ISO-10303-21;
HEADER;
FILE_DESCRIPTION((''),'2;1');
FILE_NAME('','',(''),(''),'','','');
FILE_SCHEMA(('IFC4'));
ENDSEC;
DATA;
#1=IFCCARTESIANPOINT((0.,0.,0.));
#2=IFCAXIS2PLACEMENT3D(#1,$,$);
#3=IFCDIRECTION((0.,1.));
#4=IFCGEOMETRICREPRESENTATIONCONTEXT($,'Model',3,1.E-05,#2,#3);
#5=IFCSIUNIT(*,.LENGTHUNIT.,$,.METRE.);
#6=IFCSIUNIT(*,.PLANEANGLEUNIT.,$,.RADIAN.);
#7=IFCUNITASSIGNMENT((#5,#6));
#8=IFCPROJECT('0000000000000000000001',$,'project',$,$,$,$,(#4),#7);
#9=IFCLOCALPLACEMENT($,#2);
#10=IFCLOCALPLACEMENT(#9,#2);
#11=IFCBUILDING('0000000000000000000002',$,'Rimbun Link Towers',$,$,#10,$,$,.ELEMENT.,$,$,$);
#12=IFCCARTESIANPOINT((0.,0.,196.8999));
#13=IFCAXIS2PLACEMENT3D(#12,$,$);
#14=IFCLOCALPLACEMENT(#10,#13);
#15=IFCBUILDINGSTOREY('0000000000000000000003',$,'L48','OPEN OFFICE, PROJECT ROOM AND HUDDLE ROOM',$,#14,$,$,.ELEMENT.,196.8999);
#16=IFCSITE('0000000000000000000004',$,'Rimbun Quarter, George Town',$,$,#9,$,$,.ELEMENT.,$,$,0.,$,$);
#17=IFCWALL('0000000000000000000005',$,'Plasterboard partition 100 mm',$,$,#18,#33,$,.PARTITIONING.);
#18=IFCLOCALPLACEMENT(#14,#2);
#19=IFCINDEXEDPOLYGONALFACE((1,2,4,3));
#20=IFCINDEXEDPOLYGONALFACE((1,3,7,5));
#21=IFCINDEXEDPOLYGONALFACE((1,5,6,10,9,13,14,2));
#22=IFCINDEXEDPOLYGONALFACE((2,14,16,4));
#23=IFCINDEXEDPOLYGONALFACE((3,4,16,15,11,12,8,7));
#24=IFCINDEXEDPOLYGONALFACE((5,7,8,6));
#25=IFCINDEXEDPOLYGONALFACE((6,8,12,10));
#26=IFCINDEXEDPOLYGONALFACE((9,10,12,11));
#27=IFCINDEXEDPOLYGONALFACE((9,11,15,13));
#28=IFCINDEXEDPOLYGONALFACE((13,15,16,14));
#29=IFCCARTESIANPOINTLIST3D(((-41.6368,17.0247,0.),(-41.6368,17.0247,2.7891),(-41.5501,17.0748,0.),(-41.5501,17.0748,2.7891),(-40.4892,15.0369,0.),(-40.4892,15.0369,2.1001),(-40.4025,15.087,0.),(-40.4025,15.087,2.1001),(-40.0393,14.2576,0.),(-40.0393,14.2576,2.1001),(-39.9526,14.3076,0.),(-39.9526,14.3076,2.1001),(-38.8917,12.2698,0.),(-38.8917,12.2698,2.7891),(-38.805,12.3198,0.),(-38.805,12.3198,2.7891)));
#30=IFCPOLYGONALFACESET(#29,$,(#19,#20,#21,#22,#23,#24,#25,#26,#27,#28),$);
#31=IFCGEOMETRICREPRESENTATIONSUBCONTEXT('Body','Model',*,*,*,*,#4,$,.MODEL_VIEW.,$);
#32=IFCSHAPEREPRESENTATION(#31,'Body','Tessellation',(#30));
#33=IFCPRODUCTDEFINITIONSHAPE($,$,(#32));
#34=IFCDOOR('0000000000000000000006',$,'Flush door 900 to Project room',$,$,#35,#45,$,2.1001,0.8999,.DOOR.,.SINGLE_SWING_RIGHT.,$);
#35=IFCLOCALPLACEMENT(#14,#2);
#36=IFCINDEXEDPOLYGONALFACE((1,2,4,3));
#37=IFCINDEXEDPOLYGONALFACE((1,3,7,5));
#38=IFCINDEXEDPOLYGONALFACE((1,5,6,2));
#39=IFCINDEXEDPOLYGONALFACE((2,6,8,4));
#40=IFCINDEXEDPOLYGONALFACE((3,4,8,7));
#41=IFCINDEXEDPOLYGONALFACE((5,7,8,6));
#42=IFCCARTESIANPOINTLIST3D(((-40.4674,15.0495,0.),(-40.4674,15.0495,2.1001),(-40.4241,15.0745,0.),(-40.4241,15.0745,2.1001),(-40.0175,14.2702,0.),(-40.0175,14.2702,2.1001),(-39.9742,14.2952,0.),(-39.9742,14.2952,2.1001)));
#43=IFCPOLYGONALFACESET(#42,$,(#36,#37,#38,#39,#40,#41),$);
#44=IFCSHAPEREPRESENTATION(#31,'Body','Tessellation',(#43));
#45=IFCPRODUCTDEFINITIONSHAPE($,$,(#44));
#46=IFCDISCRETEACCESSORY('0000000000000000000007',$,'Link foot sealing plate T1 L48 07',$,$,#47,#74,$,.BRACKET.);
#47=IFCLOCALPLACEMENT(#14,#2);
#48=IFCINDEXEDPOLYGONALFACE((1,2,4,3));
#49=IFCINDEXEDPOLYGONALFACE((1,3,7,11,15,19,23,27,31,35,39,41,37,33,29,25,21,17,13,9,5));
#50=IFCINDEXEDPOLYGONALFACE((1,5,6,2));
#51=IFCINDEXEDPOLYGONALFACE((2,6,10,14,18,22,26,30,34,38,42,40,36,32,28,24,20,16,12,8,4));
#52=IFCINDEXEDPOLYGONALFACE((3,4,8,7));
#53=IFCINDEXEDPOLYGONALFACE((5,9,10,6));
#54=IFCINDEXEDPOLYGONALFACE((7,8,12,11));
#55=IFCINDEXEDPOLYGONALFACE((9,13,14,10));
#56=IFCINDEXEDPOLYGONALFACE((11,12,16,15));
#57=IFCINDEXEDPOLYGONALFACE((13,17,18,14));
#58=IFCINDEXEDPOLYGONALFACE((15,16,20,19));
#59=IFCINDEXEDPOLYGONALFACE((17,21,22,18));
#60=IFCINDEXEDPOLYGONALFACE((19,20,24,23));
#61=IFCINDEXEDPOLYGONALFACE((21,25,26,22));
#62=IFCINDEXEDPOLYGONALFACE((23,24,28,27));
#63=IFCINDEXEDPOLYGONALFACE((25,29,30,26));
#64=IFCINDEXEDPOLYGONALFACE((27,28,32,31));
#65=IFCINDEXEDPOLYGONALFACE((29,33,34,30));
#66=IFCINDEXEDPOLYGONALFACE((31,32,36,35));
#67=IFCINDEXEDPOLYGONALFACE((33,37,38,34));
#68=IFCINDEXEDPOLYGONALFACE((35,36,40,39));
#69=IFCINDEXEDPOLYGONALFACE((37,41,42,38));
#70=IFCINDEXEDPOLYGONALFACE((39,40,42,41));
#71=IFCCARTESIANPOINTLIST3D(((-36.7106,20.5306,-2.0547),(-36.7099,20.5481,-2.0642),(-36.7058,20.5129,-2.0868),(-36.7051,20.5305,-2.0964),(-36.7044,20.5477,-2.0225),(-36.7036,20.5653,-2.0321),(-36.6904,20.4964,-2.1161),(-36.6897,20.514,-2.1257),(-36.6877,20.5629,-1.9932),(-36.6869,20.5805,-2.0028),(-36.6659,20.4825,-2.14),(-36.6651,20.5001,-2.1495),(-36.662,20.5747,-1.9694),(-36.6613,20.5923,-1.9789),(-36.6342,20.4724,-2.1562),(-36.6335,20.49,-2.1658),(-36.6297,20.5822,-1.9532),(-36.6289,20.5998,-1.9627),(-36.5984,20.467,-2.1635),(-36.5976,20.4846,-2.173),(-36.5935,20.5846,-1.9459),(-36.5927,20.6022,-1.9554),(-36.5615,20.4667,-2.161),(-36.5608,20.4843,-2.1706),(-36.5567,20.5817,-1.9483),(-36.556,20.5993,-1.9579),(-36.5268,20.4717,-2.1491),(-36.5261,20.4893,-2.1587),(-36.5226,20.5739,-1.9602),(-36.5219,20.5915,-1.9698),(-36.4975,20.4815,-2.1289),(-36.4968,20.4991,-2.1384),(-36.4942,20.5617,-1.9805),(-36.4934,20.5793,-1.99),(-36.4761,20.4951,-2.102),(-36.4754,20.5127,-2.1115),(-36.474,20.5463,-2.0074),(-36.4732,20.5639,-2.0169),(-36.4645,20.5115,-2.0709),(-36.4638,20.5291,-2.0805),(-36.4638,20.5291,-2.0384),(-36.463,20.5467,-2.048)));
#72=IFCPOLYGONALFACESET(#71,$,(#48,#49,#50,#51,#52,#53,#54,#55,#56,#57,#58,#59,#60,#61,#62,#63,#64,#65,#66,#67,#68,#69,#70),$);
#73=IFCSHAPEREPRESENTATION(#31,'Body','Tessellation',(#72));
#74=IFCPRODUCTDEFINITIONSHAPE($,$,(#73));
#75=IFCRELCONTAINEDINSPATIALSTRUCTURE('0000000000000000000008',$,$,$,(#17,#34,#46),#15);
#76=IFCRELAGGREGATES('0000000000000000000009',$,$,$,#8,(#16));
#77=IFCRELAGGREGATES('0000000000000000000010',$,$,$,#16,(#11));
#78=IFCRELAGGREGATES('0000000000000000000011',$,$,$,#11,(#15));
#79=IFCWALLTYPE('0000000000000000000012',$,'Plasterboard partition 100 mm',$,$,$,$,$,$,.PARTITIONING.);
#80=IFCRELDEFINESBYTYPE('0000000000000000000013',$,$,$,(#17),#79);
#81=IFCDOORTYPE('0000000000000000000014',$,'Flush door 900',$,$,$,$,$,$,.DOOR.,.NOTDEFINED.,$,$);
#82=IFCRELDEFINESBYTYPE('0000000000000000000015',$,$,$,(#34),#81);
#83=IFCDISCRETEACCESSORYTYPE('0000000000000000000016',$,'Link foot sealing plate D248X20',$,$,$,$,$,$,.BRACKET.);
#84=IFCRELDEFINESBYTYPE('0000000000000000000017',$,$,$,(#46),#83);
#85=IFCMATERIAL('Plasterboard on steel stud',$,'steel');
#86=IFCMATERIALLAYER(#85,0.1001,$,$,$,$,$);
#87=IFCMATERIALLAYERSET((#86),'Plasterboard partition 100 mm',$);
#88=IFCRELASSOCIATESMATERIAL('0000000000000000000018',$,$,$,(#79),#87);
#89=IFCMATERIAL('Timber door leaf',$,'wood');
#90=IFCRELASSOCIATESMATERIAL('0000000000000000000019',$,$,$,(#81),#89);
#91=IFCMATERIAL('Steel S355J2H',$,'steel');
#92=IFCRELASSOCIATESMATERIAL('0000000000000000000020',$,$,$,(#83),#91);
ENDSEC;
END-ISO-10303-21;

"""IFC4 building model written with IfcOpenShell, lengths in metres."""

from ifc_helpers import new_model, si_unit, direction, frame, frame_2d, origin, origin_2d, place, context, subcontext, project, spatial, rectangle, circle, extrude, material, layer, layer_set, material_profile, profile_set, type_object, element, fill, save


model = new_model("IFC4")

# Units and contexts
model_context = context("Model", 3, precision=1e-05, world=origin(), true_north=direction((0.0, 1.0)))
body_context = subcontext(model_context, "Body", "Model", "MODEL_VIEW")
ifc_project = project(units=[si_unit("LENGTHUNIT", "METRE"), si_unit("PLANEANGLEUNIT", "RADIAN")], contexts=[model_context])

# Site, building, storey
site_placement = place(None, origin())
site = spatial("IfcSite", under=ifc_project, at=site_placement, Name="Rimbun Quarter, George Town", CompositionType="ELEMENT", RefElevation=0.0)
building_placement = place(site_placement, origin())
building = spatial("IfcBuilding", under=site, at=building_placement, Name="Rimbun Link Towers", CompositionType="ELEMENT")
storey_placement = place(building_placement, frame((0.0, 0.0, 196.8999)))
storey = spatial("IfcBuildingStorey", under=building, at=storey_placement, Name="L48", Description="OPEN OFFICE, PROJECT ROOM AND HUDDLE ROOM", CompositionType="ELEMENT", Elevation=196.8999)

# Shared definitions
ifc_material_1 = material(Name="Plasterboard on steel stud", Category="steel")
ifc_layer_1 = layer(ifc_material_1, 0.1001)
ifc_layer_set_1 = layer_set([ifc_layer_1], Name="Plasterboard partition 100 mm")
wall_type = type_object("IfcWallType", Name="Plasterboard partition 100 mm", PredefinedType="PARTITIONING", material=ifc_layer_set_1)

# Wall, opening, door
wall_1_placement = place(storey_placement, frame((-38.8484, 12.2949, 0.0), z_axis=(0.0, 0.0, 1.0), x_axis=(-0.499984, 0.866035, 0.0)))
wall_1 = element("IfcWall", 1, at=wall_1_placement, inside=storey, type_object=wall_type, Name="Plasterboard partition 100 mm", PredefinedType="PARTITIONING", context=body_context, shape_type="SweptSolid", body=[
    extrude(rectangle(XDim=5.4905, YDim=0.1001, at=frame_2d((2.7451, 0.0))), origin(), (0.0, 0.0, 1.0), 2.7891),
])
opening_placement = place(wall_1_placement, frame((2.2952, 0.0, 0.0)))
opening = element("IfcOpeningElement", 2, at=opening_placement, cuts=wall_1, PredefinedType="OPENING", context=body_context, shape_type="SweptSolid", body=[
    extrude(rectangle(XDim=0.8999, YDim=2.1001, at=frame_2d((0.45, 1.05))), frame((0.0, 0.0601, 0.0), z_axis=(0.0, -1.0, 0.0), x_axis=(1.0, 0.0, 0.0)), (0.0, 0.0, 1.0), 0.1201),
])
ifc_material_2 = material(Name="Timber door leaf", Category="wood")
door_type = type_object("IfcDoorType", Name="Flush door 900", OperationType="NOTDEFINED", PredefinedType="DOOR", material=ifc_material_2)
door_placement = place(opening_placement, origin())
door = element("IfcDoor", 3, at=door_placement, inside=storey, type_object=door_type, Name="Flush door 900 to Project room", OperationType="SINGLE_SWING_RIGHT", OverallHeight=2.1001, OverallWidth=0.8999, PredefinedType="DOOR", context=body_context, shape_type="SweptSolid", body=[
    extrude(rectangle(XDim=0.8999, YDim=2.1001, at=frame_2d((0.45, 1.05))), frame((0.0, 0.0249, 0.0), z_axis=(0.0, -1.0, 0.0), x_axis=(1.0, 0.0, 0.0)), (0.0, 0.0, 1.0), 0.05),
])
fill(opening, door)

# Discrete accessory
ifc_material_3 = material(Name="Steel S355J2H", Category="steel")
ifc_material_profile_1 = material_profile(ifc_material_3, circle(Radius=0.124, at=origin_2d()), Name="PL D248")
ifc_profile_set_1 = profile_set([ifc_material_profile_1], Name="Steel S355J2H")
discrete_accessory_type = type_object("IfcDiscreteAccessoryType", Name="Link foot sealing plate D248X20", PredefinedType="BRACKET", material=ifc_profile_set_1)
discrete_accessory_placement = place(storey_placement, frame((-36.5867, 20.5254, -2.0547), z_axis=(0.036613, 0.878702, -0.475964), x_axis=(-0.999133, 0.041631, 0.0)))
element("IfcDiscreteAccessory", 4, at=discrete_accessory_placement, inside=storey, type_object=discrete_accessory_type, Name="Link foot sealing plate T1 L48 07", PredefinedType="BRACKET", context=body_context, shape_type="SweptSolid", body=[
    extrude(circle(Radius=0.124, at=origin_2d()), origin(), (0.0, 0.0, 1.0), 0.02),
])

save(model, "model.ifc")
